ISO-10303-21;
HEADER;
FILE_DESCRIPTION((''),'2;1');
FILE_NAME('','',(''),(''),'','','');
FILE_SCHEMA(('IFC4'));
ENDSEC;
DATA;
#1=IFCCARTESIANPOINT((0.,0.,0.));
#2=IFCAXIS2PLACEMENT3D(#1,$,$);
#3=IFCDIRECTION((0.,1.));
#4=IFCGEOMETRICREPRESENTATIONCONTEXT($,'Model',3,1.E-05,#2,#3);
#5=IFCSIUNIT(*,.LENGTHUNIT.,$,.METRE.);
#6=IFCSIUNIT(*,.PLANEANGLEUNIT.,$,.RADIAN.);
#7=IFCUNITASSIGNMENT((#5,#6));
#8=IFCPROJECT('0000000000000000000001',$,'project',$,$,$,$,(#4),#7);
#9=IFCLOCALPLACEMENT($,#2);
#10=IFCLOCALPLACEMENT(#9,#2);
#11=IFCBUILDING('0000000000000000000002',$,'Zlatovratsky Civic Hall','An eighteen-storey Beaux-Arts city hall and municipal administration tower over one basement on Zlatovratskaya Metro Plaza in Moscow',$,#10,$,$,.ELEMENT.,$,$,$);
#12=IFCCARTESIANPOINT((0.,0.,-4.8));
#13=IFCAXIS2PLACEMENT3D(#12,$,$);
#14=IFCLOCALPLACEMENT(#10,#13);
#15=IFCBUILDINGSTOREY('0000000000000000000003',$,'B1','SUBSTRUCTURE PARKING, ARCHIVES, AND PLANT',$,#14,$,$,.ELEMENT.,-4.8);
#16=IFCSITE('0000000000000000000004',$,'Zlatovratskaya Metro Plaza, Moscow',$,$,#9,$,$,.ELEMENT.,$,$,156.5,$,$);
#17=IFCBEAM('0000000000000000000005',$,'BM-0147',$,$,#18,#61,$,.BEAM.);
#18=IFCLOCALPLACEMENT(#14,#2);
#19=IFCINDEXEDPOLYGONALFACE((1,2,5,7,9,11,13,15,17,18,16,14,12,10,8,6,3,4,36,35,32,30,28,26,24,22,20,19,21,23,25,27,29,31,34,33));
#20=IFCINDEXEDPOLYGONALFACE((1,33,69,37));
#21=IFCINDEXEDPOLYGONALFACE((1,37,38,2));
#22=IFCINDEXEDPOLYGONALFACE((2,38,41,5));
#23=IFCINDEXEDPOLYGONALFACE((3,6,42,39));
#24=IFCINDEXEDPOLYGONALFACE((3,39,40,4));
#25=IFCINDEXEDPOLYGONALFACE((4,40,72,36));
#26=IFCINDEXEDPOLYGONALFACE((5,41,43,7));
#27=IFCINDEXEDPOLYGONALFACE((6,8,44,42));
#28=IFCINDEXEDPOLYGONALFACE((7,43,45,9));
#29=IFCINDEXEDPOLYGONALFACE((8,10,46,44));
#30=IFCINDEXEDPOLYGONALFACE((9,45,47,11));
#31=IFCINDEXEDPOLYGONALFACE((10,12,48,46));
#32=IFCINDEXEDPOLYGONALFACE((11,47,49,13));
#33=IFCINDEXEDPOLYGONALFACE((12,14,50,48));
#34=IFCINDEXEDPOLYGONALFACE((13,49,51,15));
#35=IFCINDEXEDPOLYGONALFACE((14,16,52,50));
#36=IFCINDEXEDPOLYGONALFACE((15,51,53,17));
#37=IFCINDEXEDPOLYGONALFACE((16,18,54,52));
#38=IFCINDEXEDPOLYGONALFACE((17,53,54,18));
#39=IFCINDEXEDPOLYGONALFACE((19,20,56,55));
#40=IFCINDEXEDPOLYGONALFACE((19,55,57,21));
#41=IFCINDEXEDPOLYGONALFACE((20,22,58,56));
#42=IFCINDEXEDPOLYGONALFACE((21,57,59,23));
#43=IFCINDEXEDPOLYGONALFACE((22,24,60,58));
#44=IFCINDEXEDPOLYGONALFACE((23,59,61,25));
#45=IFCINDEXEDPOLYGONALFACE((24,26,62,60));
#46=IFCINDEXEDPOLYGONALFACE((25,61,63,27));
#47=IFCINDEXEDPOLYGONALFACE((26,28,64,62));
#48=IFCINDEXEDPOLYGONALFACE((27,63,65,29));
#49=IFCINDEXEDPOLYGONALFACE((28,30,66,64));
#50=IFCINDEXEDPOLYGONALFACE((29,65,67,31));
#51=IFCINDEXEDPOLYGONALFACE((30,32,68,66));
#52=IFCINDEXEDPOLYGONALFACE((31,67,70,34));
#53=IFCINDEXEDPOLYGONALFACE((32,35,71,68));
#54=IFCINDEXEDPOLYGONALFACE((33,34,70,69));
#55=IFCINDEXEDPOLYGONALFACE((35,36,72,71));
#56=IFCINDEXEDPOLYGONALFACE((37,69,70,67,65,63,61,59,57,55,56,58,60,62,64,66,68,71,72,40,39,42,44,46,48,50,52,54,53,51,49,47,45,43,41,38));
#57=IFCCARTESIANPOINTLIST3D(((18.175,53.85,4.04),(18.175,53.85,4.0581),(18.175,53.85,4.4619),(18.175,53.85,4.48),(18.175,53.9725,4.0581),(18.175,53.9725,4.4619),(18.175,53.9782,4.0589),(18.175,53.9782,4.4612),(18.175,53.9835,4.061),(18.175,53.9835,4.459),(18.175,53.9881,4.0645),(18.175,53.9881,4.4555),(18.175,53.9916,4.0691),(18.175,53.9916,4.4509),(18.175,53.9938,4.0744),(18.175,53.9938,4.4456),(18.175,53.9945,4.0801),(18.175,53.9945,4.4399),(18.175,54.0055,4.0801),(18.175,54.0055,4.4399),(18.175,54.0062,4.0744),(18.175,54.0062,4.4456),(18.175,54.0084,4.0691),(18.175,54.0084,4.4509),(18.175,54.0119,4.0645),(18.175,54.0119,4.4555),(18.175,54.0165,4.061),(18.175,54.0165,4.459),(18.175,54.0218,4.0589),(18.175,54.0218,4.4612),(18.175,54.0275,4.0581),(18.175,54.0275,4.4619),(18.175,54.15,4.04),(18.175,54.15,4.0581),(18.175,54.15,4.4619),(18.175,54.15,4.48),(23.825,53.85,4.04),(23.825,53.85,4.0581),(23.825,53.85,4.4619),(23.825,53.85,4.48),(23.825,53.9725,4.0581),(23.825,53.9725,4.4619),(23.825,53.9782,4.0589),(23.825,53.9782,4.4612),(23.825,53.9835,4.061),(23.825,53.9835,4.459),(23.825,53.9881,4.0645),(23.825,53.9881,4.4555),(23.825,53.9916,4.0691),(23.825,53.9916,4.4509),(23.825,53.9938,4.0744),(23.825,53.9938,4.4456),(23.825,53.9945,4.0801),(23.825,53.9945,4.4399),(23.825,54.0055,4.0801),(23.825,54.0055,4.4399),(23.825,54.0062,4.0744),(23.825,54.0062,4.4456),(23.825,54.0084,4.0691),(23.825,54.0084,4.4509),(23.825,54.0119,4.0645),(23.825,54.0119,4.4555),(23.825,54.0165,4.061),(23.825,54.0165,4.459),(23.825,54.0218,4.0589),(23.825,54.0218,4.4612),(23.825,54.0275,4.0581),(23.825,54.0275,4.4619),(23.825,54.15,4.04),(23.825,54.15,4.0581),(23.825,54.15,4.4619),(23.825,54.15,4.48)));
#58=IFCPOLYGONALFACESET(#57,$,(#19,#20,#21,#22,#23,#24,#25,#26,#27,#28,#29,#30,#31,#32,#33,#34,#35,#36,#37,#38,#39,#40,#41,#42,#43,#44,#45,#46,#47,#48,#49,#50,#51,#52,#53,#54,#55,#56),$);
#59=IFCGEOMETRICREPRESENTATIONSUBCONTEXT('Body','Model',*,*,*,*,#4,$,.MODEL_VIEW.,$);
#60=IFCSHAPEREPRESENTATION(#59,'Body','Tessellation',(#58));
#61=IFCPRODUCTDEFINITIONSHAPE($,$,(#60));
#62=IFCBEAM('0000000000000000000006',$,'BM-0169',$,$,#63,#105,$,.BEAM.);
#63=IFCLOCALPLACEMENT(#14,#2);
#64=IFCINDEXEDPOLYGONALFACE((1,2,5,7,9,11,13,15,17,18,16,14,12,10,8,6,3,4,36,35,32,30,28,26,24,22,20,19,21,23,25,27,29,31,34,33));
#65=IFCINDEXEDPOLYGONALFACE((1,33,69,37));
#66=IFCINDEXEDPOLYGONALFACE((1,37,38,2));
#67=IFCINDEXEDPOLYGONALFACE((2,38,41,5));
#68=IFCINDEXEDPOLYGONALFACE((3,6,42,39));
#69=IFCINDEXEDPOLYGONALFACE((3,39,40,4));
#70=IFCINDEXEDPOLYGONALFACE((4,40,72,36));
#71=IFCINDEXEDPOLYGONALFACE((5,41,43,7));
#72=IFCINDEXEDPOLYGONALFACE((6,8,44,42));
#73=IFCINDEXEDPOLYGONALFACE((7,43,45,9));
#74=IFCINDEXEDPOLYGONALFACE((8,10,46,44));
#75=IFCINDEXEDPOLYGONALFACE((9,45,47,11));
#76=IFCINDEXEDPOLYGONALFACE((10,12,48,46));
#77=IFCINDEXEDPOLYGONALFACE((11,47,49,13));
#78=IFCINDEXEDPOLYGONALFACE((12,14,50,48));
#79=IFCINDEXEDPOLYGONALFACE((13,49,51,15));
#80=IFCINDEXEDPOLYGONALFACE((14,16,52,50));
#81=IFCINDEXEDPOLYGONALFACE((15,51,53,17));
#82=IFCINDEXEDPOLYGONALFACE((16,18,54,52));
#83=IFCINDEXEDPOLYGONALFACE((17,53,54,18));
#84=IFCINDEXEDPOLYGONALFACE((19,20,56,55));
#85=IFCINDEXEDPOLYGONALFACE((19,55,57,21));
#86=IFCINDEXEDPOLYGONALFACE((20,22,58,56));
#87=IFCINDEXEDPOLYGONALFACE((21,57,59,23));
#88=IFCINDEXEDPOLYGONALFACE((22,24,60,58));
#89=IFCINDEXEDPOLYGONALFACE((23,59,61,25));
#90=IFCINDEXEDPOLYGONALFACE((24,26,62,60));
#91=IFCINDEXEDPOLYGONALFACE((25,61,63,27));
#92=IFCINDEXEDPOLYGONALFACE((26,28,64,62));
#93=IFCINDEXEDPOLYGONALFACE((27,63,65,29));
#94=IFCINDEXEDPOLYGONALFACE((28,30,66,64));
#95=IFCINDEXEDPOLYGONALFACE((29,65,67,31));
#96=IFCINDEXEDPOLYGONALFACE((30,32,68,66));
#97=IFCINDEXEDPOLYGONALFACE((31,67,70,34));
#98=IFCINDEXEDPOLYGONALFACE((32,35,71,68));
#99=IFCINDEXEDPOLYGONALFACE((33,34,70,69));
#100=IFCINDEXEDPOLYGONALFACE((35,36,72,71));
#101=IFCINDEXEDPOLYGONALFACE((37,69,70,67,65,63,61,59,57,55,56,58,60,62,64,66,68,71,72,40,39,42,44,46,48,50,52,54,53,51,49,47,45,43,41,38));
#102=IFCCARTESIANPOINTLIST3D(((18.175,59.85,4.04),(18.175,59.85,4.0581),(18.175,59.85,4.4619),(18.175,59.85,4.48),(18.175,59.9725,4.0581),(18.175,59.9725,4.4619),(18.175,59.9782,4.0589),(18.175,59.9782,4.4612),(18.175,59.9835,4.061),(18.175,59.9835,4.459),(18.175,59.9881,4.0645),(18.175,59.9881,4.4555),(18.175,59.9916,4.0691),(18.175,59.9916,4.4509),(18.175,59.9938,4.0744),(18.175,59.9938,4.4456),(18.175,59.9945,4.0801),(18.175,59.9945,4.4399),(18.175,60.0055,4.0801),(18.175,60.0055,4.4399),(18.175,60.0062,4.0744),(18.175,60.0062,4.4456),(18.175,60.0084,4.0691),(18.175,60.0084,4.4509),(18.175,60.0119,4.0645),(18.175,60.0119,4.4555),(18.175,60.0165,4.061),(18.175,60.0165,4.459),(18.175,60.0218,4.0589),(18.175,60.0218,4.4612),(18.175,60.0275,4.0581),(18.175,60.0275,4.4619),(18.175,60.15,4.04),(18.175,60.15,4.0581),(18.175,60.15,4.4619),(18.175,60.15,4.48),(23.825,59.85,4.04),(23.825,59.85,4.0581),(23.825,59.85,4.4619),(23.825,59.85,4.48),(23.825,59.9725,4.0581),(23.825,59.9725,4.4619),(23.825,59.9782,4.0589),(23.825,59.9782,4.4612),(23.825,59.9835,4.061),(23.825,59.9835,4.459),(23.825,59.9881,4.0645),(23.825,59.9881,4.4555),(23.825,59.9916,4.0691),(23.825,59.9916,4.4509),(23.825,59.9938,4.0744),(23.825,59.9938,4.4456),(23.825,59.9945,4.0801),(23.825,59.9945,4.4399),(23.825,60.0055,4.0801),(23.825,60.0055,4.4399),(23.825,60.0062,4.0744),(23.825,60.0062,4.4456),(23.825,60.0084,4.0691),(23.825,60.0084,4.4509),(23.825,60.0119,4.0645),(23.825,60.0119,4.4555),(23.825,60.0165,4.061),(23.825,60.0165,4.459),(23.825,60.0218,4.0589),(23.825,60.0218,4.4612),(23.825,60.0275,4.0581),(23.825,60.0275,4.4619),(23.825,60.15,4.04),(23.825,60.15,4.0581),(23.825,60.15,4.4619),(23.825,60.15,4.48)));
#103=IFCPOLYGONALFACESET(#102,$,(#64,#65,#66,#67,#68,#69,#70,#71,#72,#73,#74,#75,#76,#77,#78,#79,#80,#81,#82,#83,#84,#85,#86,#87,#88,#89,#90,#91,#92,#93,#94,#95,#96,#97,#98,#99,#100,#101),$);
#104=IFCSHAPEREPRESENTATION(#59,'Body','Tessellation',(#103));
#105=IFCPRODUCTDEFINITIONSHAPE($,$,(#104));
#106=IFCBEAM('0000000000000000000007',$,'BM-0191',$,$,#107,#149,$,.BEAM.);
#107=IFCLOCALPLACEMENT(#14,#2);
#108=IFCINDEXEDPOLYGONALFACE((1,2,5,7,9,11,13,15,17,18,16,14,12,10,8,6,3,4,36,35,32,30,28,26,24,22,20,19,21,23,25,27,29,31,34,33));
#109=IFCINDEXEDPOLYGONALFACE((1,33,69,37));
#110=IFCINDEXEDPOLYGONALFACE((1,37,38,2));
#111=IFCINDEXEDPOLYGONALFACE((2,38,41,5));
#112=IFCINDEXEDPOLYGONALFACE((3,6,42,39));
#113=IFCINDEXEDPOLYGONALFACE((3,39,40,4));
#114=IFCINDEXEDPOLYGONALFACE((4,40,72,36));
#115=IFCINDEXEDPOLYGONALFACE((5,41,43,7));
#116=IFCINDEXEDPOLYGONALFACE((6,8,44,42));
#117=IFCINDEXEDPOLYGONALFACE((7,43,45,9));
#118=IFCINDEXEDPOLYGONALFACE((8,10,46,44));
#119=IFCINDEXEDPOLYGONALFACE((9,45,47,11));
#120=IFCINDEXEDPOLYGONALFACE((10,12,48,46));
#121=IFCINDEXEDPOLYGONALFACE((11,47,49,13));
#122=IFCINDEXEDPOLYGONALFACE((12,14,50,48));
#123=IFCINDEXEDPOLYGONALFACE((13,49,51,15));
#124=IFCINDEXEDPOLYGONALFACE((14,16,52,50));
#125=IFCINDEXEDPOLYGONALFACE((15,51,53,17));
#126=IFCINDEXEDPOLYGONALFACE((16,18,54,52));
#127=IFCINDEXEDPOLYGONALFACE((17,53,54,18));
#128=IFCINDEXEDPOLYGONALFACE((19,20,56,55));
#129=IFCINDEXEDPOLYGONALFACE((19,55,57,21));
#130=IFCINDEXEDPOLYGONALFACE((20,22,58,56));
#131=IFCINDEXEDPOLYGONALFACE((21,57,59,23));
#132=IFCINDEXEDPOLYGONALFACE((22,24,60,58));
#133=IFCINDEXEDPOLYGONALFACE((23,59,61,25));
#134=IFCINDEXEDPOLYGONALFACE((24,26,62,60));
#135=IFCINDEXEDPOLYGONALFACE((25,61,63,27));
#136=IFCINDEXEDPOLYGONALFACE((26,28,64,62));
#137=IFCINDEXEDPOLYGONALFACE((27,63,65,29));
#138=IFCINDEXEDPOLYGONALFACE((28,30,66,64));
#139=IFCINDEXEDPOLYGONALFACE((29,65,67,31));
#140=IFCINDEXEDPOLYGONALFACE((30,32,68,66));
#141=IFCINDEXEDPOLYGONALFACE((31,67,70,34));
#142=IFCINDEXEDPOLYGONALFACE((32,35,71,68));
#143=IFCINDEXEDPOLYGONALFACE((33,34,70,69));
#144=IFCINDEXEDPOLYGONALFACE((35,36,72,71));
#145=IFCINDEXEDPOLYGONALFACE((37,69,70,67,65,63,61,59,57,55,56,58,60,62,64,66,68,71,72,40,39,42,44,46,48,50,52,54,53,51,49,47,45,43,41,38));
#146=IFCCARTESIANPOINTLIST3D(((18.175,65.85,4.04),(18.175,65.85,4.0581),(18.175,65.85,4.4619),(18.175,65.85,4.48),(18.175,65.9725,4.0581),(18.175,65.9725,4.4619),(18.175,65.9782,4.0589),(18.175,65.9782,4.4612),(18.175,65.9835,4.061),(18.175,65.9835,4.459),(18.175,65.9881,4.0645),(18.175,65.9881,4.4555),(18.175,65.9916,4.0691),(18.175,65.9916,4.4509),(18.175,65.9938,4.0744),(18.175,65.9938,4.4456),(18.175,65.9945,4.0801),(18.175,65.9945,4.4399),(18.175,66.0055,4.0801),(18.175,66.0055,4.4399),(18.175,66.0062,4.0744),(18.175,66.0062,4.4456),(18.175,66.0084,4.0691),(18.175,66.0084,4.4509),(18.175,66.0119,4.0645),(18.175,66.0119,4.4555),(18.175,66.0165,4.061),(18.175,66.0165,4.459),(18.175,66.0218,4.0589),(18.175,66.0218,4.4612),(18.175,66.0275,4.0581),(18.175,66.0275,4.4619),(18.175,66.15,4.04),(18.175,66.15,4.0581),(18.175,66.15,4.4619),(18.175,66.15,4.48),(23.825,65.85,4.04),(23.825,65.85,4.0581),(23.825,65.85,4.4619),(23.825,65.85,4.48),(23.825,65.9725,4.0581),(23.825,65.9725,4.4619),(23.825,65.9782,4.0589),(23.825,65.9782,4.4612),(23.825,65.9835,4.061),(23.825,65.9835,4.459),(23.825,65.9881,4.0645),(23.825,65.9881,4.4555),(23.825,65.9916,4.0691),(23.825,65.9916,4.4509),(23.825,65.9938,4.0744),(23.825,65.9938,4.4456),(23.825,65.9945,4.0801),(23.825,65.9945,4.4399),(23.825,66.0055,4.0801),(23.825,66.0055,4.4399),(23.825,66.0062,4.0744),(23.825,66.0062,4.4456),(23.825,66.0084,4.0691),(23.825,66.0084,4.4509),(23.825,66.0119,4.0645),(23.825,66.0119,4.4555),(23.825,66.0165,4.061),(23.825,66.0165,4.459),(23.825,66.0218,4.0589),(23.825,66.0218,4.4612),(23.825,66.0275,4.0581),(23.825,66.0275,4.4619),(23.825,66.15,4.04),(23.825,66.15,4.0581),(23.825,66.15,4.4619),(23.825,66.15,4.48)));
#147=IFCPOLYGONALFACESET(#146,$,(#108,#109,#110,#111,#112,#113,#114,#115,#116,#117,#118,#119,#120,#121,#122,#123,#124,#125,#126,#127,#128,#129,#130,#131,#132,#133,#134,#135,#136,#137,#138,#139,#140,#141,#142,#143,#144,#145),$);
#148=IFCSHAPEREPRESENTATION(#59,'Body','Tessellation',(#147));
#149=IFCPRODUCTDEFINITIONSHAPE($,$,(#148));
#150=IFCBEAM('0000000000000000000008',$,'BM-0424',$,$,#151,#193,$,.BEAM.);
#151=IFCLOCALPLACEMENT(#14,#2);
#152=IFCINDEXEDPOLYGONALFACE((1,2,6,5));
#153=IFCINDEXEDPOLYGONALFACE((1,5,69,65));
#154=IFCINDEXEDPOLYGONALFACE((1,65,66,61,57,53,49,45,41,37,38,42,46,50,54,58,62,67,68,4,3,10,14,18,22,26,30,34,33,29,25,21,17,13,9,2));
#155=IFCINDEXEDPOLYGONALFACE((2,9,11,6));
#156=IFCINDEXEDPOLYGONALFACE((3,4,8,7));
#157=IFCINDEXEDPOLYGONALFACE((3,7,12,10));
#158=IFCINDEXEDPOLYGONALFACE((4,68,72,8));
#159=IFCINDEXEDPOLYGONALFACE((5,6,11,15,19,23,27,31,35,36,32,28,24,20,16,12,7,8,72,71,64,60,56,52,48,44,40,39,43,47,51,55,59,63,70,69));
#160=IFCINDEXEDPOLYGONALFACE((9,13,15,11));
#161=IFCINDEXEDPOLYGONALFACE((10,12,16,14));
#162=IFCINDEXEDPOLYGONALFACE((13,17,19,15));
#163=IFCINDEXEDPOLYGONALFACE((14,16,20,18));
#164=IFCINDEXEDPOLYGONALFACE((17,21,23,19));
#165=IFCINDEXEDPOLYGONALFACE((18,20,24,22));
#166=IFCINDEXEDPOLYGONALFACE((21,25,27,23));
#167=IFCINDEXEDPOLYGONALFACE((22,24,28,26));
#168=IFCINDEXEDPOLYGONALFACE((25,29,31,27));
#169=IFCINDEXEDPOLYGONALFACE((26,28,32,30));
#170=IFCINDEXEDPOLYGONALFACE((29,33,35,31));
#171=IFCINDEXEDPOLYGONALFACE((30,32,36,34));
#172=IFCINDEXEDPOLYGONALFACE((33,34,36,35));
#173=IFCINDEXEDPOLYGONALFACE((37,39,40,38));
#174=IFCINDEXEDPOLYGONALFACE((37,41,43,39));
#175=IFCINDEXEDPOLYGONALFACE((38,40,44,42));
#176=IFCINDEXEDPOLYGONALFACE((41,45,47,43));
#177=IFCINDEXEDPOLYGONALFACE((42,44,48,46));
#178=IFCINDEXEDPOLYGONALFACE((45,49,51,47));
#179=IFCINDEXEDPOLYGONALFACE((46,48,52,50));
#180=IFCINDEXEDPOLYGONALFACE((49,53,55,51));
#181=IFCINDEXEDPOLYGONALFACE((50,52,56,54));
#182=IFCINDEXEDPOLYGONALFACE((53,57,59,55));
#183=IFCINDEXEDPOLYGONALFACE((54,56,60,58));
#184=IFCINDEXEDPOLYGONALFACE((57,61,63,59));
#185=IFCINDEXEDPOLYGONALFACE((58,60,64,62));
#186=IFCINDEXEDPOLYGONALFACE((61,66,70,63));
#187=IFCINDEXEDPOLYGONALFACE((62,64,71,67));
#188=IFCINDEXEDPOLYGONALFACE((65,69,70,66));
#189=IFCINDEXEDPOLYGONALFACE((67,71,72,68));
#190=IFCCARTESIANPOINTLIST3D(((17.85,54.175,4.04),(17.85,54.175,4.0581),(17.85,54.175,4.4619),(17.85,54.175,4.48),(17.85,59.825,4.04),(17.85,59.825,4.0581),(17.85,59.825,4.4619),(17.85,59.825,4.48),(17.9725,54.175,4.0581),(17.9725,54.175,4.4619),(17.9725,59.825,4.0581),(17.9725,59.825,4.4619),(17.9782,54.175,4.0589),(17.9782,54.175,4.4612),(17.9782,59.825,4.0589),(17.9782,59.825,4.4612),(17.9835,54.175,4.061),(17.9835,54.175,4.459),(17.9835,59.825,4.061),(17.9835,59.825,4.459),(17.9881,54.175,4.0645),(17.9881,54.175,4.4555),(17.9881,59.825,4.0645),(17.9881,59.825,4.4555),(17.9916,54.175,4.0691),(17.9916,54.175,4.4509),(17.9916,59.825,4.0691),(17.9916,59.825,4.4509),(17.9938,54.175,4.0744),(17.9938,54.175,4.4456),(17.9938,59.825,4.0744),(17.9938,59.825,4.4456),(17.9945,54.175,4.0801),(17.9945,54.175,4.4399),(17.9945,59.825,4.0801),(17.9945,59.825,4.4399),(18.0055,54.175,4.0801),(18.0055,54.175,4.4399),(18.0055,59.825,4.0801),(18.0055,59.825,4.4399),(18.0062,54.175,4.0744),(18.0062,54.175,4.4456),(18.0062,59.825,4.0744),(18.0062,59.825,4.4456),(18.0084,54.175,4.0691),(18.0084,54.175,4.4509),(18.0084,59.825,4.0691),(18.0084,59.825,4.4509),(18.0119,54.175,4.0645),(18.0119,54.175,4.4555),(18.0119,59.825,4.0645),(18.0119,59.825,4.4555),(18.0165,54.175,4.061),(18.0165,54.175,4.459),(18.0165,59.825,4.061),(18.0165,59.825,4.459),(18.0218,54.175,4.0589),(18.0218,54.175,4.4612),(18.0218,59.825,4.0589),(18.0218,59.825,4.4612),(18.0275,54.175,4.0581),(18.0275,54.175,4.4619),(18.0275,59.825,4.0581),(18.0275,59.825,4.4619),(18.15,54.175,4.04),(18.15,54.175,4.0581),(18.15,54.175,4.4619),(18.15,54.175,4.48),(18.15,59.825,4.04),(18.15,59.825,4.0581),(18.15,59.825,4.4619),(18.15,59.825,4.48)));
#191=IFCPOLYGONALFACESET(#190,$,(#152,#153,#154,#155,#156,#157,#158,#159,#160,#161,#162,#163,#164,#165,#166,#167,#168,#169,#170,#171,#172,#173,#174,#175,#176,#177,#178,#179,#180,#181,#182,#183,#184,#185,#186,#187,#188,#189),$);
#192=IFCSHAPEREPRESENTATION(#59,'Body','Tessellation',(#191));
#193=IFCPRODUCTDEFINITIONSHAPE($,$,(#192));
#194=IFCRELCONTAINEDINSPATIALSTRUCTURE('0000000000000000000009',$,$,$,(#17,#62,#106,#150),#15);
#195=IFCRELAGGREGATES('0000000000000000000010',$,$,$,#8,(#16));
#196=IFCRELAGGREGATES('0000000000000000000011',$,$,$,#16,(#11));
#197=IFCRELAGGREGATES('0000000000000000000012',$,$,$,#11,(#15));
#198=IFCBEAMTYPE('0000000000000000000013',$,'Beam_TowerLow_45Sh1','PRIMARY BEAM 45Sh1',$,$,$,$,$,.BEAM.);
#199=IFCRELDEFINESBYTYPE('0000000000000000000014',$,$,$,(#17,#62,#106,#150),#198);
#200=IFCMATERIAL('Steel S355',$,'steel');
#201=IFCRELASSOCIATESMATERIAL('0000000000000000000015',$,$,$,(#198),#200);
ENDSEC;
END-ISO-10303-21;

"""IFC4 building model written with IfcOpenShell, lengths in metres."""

from ifc_helpers import new_model, si_unit, direction, frame, origin, origin_2d, place, context, subcontext, project, spatial, i_section, extrude, material, material_profile, profile_set, type_object, element, save


model = new_model("IFC4")

# Units and contexts
model_context = context("Model", 3, precision=1e-05, world=origin(), true_north=direction((0.0, 1.0)))
body_context = subcontext(model_context, "Body", "Model", "MODEL_VIEW")
ifc_project = project(units=[si_unit("LENGTHUNIT", "METRE"), si_unit("PLANEANGLEUNIT", "RADIAN")], contexts=[model_context])

# Site, building, storey
site_placement = place(None, origin())
site = spatial("IfcSite", under=ifc_project, at=site_placement, Name="Zlatovratskaya Metro Plaza, Moscow", CompositionType="ELEMENT", RefElevation=156.5)
building_placement = place(site_placement, origin())
building = spatial("IfcBuilding", under=site, at=building_placement, Name="Zlatovratsky Civic Hall", Description="An eighteen-storey Beaux-Arts city hall and municipal administration tower over one basement on Zlatovratskaya Metro Plaza in Moscow", CompositionType="ELEMENT")
storey_placement = place(building_placement, frame((0.0, 0.0, -4.8)))
storey = spatial("IfcBuildingStorey", under=building, at=storey_placement, Name="B1", Description="SUBSTRUCTURE PARKING, ARCHIVES, AND PLANT", CompositionType="ELEMENT", Elevation=-4.8)

# Shared definitions
ifc_material_1 = material(Name="Steel S355", Category="steel")

# Beams
ifc_material_profile_1 = material_profile(ifc_material_1, i_section(OverallWidth=0.3, OverallDepth=0.4399, WebThickness=0.011, FlangeThickness=0.0181, FilletRadius=0.022, at=origin_2d()), Name="45Sh1")
ifc_profile_set_1 = profile_set([ifc_material_profile_1], Name="Steel S355")
beam_type = type_object("IfcBeamType", Name="Beam_TowerLow_45Sh1", Description="PRIMARY BEAM 45Sh1", PredefinedType="BEAM", material=ifc_profile_set_1)
for number, where, z_axis, x_axis, name in (
    (1, (18.175, 54.0, 4.26), (1.0, 0.0, 0.0), (0.0, 1.0, 0.0), "BM-0147"),
    (2, (18.175, 60.0, 4.26), (1.0, 0.0, 0.0), (0.0, 1.0, 0.0), "BM-0169"),
    (3, (18.175, 66.0, 4.26), (1.0, 0.0, 0.0), (0.0, 1.0, 0.0), "BM-0191"),
    (4, (18.0, 54.175, 4.26), (0.0, 1.0, 0.0), (-1.0, 0.0, 0.0), "BM-0424"),
):
    element("IfcBeam", number, at=place(storey_placement, frame(where, z_axis=z_axis, x_axis=x_axis)), inside=storey, type_object=beam_type, Name=name, PredefinedType="BEAM", context=body_context, shape_type="SweptSolid", body=[
        extrude(i_section(OverallWidth=0.3, OverallDepth=0.4399, WebThickness=0.011, FlangeThickness=0.0181, FilletRadius=0.022, at=origin_2d()), origin(), (0.0, 0.0, 1.0), 5.6499),
    ])

save(model, "model.ifc")
